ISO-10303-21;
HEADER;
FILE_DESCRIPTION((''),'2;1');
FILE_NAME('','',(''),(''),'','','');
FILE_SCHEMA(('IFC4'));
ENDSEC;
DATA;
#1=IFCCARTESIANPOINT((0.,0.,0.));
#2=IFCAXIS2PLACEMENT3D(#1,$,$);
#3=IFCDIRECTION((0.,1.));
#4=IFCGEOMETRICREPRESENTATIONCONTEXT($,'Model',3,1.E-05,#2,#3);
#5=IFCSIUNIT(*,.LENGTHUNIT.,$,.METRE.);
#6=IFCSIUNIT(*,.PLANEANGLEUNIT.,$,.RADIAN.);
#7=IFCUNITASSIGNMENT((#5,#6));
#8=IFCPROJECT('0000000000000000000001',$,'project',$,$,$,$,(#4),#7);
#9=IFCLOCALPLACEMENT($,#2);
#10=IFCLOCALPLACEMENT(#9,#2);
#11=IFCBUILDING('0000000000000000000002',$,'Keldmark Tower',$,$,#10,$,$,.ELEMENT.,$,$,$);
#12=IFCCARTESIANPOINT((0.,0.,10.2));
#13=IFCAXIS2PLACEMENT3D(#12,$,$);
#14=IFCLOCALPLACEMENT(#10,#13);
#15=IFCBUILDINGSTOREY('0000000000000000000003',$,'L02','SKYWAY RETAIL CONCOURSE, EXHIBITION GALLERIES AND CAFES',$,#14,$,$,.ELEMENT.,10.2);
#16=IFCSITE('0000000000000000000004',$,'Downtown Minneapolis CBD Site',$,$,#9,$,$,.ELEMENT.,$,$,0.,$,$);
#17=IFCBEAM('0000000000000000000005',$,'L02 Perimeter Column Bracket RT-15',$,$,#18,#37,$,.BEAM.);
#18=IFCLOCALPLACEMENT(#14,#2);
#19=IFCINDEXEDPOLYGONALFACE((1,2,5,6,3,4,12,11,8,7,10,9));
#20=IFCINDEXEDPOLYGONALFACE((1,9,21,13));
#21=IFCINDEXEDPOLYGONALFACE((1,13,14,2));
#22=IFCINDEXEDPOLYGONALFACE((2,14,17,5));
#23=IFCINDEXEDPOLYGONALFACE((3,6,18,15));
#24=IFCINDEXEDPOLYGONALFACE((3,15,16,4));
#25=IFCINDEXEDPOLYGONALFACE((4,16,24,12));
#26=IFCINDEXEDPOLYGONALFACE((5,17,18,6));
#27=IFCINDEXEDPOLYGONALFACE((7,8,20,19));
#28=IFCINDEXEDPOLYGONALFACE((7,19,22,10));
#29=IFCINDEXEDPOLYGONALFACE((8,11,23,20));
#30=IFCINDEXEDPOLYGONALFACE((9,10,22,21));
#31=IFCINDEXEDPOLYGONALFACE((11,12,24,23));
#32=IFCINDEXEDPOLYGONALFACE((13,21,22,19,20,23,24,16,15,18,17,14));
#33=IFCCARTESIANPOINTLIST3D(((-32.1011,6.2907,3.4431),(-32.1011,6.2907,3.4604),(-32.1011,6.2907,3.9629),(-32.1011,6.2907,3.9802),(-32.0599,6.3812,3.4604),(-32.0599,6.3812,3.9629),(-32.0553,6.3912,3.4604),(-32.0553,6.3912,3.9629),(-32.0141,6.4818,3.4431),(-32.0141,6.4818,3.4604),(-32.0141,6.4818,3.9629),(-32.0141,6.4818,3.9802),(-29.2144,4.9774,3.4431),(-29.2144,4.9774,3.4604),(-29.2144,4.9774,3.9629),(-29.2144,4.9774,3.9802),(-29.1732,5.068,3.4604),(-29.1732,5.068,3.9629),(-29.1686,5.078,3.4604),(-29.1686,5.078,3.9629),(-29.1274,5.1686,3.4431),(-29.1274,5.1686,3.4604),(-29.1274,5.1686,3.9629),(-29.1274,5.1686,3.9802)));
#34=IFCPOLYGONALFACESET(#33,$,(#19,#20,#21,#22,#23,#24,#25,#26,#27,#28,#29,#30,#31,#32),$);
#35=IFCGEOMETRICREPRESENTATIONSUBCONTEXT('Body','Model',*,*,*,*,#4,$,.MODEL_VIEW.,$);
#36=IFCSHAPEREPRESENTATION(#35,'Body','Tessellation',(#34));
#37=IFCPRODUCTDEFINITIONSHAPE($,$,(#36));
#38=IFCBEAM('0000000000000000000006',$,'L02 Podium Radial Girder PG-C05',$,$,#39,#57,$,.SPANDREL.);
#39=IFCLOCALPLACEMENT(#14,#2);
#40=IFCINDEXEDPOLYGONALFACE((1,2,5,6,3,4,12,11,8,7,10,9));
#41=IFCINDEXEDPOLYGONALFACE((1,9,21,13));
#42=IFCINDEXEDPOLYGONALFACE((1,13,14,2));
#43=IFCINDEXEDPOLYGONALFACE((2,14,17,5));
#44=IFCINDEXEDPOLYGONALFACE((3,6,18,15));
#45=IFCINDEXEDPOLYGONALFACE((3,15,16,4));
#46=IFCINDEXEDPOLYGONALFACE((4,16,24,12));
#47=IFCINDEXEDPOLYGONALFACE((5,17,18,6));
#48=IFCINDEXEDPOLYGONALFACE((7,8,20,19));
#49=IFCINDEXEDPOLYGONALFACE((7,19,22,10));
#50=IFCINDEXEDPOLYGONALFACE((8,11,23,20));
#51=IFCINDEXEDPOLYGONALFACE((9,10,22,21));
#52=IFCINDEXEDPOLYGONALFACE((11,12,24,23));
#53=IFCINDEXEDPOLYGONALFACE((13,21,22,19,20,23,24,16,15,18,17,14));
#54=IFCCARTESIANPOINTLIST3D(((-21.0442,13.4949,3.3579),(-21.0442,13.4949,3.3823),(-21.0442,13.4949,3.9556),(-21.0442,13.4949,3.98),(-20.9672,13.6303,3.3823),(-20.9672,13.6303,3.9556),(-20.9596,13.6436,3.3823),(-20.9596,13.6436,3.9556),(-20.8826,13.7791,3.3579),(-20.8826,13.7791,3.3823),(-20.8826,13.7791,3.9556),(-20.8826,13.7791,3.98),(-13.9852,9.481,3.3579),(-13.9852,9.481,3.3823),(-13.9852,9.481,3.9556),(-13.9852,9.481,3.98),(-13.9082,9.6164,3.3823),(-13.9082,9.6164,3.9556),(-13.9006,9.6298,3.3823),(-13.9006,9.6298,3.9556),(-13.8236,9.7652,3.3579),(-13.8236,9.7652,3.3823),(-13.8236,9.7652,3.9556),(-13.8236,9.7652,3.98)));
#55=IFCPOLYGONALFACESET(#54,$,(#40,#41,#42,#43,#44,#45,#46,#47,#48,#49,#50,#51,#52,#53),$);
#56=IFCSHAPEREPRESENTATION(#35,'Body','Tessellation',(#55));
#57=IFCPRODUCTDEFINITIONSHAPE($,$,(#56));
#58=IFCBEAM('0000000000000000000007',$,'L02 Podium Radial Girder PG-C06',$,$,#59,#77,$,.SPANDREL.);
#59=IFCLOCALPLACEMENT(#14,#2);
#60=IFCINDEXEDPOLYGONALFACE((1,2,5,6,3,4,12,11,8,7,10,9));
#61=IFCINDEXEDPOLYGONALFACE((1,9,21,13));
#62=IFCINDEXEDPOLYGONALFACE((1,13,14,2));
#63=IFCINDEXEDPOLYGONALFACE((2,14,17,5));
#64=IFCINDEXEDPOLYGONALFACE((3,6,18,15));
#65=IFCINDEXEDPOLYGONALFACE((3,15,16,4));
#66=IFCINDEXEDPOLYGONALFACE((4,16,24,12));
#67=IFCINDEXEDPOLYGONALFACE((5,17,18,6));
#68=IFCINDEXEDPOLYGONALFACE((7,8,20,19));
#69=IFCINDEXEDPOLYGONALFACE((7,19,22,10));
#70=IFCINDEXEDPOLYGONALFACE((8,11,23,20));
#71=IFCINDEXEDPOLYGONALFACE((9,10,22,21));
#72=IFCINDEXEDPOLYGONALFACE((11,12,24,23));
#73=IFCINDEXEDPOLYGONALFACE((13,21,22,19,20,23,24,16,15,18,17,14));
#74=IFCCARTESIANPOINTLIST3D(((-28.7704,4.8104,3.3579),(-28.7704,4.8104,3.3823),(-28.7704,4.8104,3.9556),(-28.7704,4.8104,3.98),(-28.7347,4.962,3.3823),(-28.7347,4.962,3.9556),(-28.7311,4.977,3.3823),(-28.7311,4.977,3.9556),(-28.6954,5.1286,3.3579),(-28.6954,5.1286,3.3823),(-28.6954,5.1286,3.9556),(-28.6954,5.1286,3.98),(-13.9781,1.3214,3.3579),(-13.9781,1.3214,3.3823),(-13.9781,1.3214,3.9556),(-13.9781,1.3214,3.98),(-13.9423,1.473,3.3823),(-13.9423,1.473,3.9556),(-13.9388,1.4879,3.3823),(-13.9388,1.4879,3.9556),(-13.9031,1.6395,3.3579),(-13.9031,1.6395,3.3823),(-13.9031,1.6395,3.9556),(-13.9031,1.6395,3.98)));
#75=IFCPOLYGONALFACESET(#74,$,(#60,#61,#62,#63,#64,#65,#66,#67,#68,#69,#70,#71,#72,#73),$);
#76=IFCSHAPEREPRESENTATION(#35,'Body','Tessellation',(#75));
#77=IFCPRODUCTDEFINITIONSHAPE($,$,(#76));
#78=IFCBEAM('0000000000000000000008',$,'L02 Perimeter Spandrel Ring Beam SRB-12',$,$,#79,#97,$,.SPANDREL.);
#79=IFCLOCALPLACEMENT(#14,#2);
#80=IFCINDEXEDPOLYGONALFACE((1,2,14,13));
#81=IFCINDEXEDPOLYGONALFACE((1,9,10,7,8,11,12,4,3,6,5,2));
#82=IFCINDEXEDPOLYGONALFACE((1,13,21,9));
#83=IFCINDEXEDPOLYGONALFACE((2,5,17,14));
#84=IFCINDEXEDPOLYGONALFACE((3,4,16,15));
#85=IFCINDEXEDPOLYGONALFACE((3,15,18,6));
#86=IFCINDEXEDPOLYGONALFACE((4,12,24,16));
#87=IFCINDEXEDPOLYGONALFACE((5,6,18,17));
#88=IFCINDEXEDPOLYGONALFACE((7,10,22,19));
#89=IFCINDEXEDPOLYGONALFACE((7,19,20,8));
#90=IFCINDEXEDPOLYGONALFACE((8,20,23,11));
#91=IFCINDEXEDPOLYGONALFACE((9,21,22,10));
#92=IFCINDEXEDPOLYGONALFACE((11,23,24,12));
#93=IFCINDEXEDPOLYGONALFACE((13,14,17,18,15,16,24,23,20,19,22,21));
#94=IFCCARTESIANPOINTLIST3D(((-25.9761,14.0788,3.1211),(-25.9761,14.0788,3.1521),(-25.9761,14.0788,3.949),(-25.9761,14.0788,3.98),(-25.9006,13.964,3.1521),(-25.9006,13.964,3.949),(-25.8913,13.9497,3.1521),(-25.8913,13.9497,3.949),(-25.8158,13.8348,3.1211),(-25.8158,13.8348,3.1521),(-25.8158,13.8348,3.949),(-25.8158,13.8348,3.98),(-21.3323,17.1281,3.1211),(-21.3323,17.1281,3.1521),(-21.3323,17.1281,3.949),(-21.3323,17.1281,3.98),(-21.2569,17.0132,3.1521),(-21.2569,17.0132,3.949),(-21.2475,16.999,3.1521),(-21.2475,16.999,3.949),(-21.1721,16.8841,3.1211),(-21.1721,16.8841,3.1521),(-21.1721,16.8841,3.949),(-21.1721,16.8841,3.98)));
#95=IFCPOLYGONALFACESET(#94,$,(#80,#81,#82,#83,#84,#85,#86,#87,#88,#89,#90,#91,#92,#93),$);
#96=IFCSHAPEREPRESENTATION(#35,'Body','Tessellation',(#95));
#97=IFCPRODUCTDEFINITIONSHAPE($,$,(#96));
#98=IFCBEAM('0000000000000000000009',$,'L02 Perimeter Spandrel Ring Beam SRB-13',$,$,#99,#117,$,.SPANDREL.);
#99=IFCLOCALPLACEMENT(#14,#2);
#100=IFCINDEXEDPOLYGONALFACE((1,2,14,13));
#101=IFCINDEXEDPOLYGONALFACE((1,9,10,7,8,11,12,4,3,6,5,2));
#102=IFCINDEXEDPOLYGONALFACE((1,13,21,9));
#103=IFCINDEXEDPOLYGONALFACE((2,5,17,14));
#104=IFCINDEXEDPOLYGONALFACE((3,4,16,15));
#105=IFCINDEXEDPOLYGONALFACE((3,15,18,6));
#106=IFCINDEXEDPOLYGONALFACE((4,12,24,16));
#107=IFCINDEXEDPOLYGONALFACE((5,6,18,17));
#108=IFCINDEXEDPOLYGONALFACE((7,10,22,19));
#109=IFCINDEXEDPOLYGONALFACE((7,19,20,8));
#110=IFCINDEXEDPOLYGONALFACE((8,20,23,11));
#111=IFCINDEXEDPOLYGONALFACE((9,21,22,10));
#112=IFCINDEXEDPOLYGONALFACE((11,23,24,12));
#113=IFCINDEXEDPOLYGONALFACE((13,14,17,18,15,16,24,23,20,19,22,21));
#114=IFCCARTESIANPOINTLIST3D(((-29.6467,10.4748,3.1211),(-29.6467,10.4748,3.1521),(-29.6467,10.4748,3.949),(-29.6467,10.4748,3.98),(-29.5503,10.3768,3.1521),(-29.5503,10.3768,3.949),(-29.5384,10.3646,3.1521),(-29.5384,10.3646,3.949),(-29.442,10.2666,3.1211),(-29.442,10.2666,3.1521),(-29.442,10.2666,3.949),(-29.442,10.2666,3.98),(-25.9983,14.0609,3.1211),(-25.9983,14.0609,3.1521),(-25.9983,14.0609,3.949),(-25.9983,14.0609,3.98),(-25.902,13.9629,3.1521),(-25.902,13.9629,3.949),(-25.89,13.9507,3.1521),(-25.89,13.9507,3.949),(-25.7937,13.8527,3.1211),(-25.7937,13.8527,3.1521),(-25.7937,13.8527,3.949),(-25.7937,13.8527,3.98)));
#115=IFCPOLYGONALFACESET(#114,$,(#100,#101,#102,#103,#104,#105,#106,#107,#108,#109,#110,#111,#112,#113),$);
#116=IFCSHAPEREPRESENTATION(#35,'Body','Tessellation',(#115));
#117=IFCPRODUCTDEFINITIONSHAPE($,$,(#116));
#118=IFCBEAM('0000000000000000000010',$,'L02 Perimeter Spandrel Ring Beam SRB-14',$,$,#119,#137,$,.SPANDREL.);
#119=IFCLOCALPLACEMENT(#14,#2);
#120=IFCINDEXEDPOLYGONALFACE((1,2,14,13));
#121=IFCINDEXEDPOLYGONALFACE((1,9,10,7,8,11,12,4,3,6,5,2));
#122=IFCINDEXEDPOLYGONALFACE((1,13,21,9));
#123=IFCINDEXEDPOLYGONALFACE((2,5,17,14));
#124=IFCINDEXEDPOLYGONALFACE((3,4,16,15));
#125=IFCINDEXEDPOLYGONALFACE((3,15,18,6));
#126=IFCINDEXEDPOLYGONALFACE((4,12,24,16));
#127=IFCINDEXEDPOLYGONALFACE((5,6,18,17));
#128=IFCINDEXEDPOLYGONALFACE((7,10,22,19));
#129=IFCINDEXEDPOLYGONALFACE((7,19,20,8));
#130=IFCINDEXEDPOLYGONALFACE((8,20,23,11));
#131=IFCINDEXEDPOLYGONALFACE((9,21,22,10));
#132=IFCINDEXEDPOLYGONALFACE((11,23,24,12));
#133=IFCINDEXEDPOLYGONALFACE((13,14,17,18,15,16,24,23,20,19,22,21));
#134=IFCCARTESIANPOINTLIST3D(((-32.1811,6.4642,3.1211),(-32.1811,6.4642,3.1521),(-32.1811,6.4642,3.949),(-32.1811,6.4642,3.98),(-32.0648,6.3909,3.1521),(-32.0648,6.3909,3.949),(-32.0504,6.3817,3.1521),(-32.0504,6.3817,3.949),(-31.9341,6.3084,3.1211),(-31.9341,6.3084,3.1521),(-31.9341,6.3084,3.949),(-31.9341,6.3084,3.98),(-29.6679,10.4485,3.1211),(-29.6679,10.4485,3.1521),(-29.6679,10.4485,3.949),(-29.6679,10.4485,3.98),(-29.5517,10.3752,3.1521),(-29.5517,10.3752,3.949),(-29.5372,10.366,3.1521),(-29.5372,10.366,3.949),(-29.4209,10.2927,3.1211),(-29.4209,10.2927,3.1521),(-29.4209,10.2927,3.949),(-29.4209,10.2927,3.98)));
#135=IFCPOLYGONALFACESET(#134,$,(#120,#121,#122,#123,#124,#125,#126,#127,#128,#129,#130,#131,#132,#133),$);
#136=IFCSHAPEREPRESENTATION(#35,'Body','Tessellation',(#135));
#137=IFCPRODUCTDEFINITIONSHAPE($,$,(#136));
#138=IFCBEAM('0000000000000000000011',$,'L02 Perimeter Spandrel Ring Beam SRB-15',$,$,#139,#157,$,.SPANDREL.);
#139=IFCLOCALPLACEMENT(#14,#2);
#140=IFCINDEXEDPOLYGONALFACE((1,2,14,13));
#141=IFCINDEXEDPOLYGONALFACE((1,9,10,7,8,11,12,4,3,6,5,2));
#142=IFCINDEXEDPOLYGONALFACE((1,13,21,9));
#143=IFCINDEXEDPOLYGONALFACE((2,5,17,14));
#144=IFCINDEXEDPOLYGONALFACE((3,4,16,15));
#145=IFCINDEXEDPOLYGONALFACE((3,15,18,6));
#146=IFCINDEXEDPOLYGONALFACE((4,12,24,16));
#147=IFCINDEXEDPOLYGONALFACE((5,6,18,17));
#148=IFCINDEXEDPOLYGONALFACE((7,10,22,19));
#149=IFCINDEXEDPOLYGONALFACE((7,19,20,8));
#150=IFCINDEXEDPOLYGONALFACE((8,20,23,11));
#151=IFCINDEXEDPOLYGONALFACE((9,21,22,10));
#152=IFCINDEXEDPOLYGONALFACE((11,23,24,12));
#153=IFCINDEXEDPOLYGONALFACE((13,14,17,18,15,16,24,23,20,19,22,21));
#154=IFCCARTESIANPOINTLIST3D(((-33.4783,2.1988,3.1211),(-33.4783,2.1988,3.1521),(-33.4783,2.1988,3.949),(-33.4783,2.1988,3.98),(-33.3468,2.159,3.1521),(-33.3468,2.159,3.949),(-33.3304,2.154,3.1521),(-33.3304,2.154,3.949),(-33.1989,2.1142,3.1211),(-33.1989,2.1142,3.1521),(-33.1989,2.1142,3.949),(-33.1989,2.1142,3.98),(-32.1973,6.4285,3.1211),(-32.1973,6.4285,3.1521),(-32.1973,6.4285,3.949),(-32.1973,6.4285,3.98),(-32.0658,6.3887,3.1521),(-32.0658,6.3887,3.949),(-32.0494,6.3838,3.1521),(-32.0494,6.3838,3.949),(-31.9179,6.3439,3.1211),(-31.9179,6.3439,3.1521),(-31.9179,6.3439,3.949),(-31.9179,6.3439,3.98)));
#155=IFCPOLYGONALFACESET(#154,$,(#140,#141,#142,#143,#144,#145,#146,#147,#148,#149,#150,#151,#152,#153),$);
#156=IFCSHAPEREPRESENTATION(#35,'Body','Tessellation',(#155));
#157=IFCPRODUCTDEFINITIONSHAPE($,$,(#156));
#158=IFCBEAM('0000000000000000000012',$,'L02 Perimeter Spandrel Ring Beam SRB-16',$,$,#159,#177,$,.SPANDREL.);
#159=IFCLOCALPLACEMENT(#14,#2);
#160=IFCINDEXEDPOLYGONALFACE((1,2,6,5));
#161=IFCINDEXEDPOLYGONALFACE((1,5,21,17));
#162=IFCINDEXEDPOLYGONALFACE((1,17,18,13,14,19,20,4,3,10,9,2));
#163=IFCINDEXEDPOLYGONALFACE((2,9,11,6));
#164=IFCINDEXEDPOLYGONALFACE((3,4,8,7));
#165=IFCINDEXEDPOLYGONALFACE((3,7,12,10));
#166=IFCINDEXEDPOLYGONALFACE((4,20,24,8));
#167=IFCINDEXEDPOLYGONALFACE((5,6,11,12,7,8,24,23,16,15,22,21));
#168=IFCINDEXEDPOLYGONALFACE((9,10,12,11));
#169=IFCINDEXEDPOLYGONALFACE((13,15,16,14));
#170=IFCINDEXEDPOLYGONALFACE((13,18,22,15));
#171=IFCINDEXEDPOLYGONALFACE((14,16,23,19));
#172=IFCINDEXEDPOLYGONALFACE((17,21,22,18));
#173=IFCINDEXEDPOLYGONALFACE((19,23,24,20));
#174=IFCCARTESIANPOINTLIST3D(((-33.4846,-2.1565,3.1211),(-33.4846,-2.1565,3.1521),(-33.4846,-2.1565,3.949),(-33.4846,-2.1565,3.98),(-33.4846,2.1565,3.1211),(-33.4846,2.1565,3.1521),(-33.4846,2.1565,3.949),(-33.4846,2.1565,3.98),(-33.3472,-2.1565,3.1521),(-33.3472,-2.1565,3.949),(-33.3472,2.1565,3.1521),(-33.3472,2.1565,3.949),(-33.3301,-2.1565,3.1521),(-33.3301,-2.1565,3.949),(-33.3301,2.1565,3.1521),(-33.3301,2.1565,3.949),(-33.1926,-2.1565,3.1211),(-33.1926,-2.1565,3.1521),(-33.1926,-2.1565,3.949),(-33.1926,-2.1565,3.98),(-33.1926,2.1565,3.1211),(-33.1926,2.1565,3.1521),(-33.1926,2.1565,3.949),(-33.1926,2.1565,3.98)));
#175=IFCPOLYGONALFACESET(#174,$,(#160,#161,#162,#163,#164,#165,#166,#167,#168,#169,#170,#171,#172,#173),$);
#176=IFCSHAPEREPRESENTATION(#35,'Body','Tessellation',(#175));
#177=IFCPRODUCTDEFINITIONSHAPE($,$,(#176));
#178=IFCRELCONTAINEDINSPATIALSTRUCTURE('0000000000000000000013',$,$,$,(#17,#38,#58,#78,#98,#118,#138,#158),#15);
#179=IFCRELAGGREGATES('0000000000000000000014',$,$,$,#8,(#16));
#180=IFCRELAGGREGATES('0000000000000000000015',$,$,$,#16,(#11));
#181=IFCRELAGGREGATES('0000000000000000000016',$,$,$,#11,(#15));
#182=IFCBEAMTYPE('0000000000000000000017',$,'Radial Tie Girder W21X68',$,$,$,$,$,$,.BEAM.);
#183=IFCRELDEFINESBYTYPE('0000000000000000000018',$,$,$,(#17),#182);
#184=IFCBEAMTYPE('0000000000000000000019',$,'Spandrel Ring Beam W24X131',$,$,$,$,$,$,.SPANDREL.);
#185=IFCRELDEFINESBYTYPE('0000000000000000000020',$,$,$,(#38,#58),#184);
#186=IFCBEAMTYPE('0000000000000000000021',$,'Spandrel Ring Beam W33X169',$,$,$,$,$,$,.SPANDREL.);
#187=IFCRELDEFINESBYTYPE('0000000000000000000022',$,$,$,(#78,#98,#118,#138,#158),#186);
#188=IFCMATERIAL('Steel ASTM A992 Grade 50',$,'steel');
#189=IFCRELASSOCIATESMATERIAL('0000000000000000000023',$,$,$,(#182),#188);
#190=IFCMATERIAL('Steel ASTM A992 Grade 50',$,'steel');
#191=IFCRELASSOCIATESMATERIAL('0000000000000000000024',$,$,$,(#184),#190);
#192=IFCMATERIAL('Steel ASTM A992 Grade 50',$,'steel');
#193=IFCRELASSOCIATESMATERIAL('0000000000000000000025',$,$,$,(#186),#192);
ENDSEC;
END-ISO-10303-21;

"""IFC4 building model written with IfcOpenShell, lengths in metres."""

from ifc_helpers import new_model, si_unit, direction, frame, origin, origin_2d, place, context, subcontext, project, spatial, i_section, extrude, material, material_profile, profile_set, type_object, element, save


model = new_model("IFC4")

# Units and contexts
model_context = context("Model", 3, precision=1e-05, world=origin(), true_north=direction((0.0, 1.0)))
body_context = subcontext(model_context, "Body", "Model", "MODEL_VIEW")
ifc_project = project(units=[si_unit("LENGTHUNIT", "METRE"), si_unit("PLANEANGLEUNIT", "RADIAN")], contexts=[model_context])

# Site, building, storey
site_placement = place(None, origin())
site = spatial("IfcSite", under=ifc_project, at=site_placement, Name="Downtown Minneapolis CBD Site", CompositionType="ELEMENT", RefElevation=0.0)
building_placement = place(site_placement, origin())
building = spatial("IfcBuilding", under=site, at=building_placement, Name="Keldmark Tower", CompositionType="ELEMENT")
storey_placement = place(building_placement, frame((0.0, 0.0, 10.2)))
storey = spatial("IfcBuildingStorey", under=building, at=storey_placement, Name="L02", Description="SKYWAY RETAIL CONCOURSE, EXHIBITION GALLERIES AND CAFES", CompositionType="ELEMENT", Elevation=10.2)

# Beams
ifc_material_1 = material(Name="Steel ASTM A992 Grade 50", Category="steel")
ifc_material_profile_1 = material_profile(ifc_material_1, i_section(OverallWidth=0.21, OverallDepth=0.5371, WebThickness=0.011, FlangeThickness=0.0173, at=origin_2d()), Name="W21X68")
ifc_profile_set_1 = profile_set([ifc_material_profile_1], Name="Steel ASTM A992 Grade 50")
beam_type_1 = type_object("IfcBeamType", Name="Radial Tie Girder W21X68", PredefinedType="BEAM", material=ifc_profile_set_1)
beam_1_placement = place(storey_placement, frame((-29.1709, 5.073, 3.7117), z_axis=(-0.910237, 0.414087, 0.0), x_axis=(-0.414087, -0.910237, 0.0)))
element("IfcBeam", 1, at=beam_1_placement, inside=storey, type_object=beam_type_1, Name="L02 Perimeter Column Bracket RT-15", PredefinedType="BEAM", context=body_context, shape_type="SweptSolid", body=[
    extrude(i_section(OverallWidth=0.21, OverallDepth=0.5371, WebThickness=0.011, FlangeThickness=0.0173, at=origin_2d()), origin(), (0.0, 0.0, 1.0), 3.1714),
])
ifc_material_2 = material(Name="Steel ASTM A992 Grade 50", Category="steel")
ifc_material_profile_2 = material_profile(ifc_material_2, i_section(OverallWidth=0.3269, OverallDepth=0.6221, WebThickness=0.0154, FlangeThickness=0.0244, at=origin_2d()), Name="W24X131")
ifc_profile_set_2 = profile_set([ifc_material_profile_2], Name="Steel ASTM A992 Grade 50")
beam_type_2 = type_object("IfcBeamType", Name="Spandrel Ring Beam W24X131", PredefinedType="SPANDREL", material=ifc_profile_set_2)
beam_2_placement = place(storey_placement, frame((-20.9634, 13.637, 3.6689), z_axis=(0.869294, -0.494296, 0.0), x_axis=(0.494296, 0.869294, 0.0)))
element("IfcBeam", 2, at=beam_2_placement, inside=storey, type_object=beam_type_2, Name="L02 Podium Radial Girder PG-C05", PredefinedType="SPANDREL", context=body_context, shape_type="SweptSolid", body=[
    extrude(i_section(OverallWidth=0.3269, OverallDepth=0.6221, WebThickness=0.0154, FlangeThickness=0.0244, at=origin_2d()), origin(), (0.0, 0.0, 1.0), 8.1204),
])
beam_3_placement = place(storey_placement, frame((-28.7329, 4.9695, 3.6689), z_axis=(0.973293, -0.229568, 0.0), x_axis=(0.229568, 0.973293, 0.0)))
element("IfcBeam", 3, at=beam_3_placement, inside=storey, type_object=beam_type_2, Name="L02 Podium Radial Girder PG-C06", PredefinedType="SPANDREL", context=body_context, shape_type="SweptSolid", body=[
    extrude(i_section(OverallWidth=0.3269, OverallDepth=0.6221, WebThickness=0.0154, FlangeThickness=0.0244, at=origin_2d()), origin(), (0.0, 0.0, 1.0), 15.1982),
])
ifc_material_3 = material(Name="Steel ASTM A992 Grade 50", Category="steel")
ifc_material_profile_3 = material_profile(ifc_material_3, i_section(OverallWidth=0.292, OverallDepth=0.8589, WebThickness=0.0171, FlangeThickness=0.031, at=origin_2d()), Name="W33X169")
ifc_profile_set_3 = profile_set([ifc_material_profile_3], Name="Steel ASTM A992 Grade 50")
beam_type_3 = type_object("IfcBeamType", Name="Spandrel Ring Beam W33X169", PredefinedType="SPANDREL", material=ifc_profile_set_3)
beam_4_placement = place(storey_placement, frame((-21.2522, 17.0061, 3.5505), z_axis=(-0.835897, -0.548886, 0.0), x_axis=(0.548886, -0.835897, 0.0)))
element("IfcBeam", 4, at=beam_4_placement, inside=storey, type_object=beam_type_3, Name="L02 Perimeter Spandrel Ring Beam SRB-12", PredefinedType="SPANDREL", context=body_context, shape_type="SweptSolid", body=[
    extrude(i_section(OverallWidth=0.292, OverallDepth=0.8589, WebThickness=0.0171, FlangeThickness=0.031, at=origin_2d()), origin(), (0.0, 0.0, 1.0), 5.5554),
])
beam_5_placement = place(storey_placement, frame((-25.896, 13.9568, 3.5505), z_axis=(-0.713165, -0.700996, 0.0), x_axis=(0.700996, -0.713165, 0.0)))
element("IfcBeam", 5, at=beam_5_placement, inside=storey, type_object=beam_type_3, Name="L02 Perimeter Spandrel Ring Beam SRB-13", PredefinedType="SPANDREL", context=body_context, shape_type="SweptSolid", body=[
    extrude(i_section(OverallWidth=0.292, OverallDepth=0.8589, WebThickness=0.0171, FlangeThickness=0.031, at=origin_2d()), origin(), (0.0, 0.0, 1.0), 5.1157),
])
beam_6_placement = place(storey_placement, frame((-29.5444, 10.3706, 3.5505), z_axis=(-0.533498, -0.845802, 0.0), x_axis=(0.845802, -0.533498, 0.0)))
element("IfcBeam", 6, at=beam_6_placement, inside=storey, type_object=beam_type_3, Name="L02 Perimeter Spandrel Ring Beam SRB-14", PredefinedType="SPANDREL", context=body_context, shape_type="SweptSolid", body=[
    extrude(i_section(OverallWidth=0.292, OverallDepth=0.8589, WebThickness=0.0171, FlangeThickness=0.031, at=origin_2d()), origin(), (0.0, 0.0, 1.0), 4.7107),
])
beam_7_placement = place(storey_placement, frame((-32.0576, 6.3862, 3.5505), z_axis=(-0.289856, -0.95707, 0.0), x_axis=(0.95707, -0.289856, 0.0)))
element("IfcBeam", 7, at=beam_7_placement, inside=storey, type_object=beam_type_3, Name="L02 Perimeter Spandrel Ring Beam SRB-15", PredefinedType="SPANDREL", context=body_context, shape_type="SweptSolid", body=[
    extrude(i_section(OverallWidth=0.292, OverallDepth=0.8589, WebThickness=0.0171, FlangeThickness=0.031, at=origin_2d()), origin(), (0.0, 0.0, 1.0), 4.4194),
])
beam_8_placement = place(storey_placement, frame((-33.3386, 2.1565, 3.5505), z_axis=(0.0, -1.0, 0.0), x_axis=(1.0, 0.0, 0.0)))
element("IfcBeam", 8, at=beam_8_placement, inside=storey, type_object=beam_type_3, Name="L02 Perimeter Spandrel Ring Beam SRB-16", PredefinedType="SPANDREL", context=body_context, shape_type="SweptSolid", body=[
    extrude(i_section(OverallWidth=0.292, OverallDepth=0.8589, WebThickness=0.0171, FlangeThickness=0.031, at=origin_2d()), origin(), (0.0, 0.0, 1.0), 4.313),
])

save(model, "model.ifc")
